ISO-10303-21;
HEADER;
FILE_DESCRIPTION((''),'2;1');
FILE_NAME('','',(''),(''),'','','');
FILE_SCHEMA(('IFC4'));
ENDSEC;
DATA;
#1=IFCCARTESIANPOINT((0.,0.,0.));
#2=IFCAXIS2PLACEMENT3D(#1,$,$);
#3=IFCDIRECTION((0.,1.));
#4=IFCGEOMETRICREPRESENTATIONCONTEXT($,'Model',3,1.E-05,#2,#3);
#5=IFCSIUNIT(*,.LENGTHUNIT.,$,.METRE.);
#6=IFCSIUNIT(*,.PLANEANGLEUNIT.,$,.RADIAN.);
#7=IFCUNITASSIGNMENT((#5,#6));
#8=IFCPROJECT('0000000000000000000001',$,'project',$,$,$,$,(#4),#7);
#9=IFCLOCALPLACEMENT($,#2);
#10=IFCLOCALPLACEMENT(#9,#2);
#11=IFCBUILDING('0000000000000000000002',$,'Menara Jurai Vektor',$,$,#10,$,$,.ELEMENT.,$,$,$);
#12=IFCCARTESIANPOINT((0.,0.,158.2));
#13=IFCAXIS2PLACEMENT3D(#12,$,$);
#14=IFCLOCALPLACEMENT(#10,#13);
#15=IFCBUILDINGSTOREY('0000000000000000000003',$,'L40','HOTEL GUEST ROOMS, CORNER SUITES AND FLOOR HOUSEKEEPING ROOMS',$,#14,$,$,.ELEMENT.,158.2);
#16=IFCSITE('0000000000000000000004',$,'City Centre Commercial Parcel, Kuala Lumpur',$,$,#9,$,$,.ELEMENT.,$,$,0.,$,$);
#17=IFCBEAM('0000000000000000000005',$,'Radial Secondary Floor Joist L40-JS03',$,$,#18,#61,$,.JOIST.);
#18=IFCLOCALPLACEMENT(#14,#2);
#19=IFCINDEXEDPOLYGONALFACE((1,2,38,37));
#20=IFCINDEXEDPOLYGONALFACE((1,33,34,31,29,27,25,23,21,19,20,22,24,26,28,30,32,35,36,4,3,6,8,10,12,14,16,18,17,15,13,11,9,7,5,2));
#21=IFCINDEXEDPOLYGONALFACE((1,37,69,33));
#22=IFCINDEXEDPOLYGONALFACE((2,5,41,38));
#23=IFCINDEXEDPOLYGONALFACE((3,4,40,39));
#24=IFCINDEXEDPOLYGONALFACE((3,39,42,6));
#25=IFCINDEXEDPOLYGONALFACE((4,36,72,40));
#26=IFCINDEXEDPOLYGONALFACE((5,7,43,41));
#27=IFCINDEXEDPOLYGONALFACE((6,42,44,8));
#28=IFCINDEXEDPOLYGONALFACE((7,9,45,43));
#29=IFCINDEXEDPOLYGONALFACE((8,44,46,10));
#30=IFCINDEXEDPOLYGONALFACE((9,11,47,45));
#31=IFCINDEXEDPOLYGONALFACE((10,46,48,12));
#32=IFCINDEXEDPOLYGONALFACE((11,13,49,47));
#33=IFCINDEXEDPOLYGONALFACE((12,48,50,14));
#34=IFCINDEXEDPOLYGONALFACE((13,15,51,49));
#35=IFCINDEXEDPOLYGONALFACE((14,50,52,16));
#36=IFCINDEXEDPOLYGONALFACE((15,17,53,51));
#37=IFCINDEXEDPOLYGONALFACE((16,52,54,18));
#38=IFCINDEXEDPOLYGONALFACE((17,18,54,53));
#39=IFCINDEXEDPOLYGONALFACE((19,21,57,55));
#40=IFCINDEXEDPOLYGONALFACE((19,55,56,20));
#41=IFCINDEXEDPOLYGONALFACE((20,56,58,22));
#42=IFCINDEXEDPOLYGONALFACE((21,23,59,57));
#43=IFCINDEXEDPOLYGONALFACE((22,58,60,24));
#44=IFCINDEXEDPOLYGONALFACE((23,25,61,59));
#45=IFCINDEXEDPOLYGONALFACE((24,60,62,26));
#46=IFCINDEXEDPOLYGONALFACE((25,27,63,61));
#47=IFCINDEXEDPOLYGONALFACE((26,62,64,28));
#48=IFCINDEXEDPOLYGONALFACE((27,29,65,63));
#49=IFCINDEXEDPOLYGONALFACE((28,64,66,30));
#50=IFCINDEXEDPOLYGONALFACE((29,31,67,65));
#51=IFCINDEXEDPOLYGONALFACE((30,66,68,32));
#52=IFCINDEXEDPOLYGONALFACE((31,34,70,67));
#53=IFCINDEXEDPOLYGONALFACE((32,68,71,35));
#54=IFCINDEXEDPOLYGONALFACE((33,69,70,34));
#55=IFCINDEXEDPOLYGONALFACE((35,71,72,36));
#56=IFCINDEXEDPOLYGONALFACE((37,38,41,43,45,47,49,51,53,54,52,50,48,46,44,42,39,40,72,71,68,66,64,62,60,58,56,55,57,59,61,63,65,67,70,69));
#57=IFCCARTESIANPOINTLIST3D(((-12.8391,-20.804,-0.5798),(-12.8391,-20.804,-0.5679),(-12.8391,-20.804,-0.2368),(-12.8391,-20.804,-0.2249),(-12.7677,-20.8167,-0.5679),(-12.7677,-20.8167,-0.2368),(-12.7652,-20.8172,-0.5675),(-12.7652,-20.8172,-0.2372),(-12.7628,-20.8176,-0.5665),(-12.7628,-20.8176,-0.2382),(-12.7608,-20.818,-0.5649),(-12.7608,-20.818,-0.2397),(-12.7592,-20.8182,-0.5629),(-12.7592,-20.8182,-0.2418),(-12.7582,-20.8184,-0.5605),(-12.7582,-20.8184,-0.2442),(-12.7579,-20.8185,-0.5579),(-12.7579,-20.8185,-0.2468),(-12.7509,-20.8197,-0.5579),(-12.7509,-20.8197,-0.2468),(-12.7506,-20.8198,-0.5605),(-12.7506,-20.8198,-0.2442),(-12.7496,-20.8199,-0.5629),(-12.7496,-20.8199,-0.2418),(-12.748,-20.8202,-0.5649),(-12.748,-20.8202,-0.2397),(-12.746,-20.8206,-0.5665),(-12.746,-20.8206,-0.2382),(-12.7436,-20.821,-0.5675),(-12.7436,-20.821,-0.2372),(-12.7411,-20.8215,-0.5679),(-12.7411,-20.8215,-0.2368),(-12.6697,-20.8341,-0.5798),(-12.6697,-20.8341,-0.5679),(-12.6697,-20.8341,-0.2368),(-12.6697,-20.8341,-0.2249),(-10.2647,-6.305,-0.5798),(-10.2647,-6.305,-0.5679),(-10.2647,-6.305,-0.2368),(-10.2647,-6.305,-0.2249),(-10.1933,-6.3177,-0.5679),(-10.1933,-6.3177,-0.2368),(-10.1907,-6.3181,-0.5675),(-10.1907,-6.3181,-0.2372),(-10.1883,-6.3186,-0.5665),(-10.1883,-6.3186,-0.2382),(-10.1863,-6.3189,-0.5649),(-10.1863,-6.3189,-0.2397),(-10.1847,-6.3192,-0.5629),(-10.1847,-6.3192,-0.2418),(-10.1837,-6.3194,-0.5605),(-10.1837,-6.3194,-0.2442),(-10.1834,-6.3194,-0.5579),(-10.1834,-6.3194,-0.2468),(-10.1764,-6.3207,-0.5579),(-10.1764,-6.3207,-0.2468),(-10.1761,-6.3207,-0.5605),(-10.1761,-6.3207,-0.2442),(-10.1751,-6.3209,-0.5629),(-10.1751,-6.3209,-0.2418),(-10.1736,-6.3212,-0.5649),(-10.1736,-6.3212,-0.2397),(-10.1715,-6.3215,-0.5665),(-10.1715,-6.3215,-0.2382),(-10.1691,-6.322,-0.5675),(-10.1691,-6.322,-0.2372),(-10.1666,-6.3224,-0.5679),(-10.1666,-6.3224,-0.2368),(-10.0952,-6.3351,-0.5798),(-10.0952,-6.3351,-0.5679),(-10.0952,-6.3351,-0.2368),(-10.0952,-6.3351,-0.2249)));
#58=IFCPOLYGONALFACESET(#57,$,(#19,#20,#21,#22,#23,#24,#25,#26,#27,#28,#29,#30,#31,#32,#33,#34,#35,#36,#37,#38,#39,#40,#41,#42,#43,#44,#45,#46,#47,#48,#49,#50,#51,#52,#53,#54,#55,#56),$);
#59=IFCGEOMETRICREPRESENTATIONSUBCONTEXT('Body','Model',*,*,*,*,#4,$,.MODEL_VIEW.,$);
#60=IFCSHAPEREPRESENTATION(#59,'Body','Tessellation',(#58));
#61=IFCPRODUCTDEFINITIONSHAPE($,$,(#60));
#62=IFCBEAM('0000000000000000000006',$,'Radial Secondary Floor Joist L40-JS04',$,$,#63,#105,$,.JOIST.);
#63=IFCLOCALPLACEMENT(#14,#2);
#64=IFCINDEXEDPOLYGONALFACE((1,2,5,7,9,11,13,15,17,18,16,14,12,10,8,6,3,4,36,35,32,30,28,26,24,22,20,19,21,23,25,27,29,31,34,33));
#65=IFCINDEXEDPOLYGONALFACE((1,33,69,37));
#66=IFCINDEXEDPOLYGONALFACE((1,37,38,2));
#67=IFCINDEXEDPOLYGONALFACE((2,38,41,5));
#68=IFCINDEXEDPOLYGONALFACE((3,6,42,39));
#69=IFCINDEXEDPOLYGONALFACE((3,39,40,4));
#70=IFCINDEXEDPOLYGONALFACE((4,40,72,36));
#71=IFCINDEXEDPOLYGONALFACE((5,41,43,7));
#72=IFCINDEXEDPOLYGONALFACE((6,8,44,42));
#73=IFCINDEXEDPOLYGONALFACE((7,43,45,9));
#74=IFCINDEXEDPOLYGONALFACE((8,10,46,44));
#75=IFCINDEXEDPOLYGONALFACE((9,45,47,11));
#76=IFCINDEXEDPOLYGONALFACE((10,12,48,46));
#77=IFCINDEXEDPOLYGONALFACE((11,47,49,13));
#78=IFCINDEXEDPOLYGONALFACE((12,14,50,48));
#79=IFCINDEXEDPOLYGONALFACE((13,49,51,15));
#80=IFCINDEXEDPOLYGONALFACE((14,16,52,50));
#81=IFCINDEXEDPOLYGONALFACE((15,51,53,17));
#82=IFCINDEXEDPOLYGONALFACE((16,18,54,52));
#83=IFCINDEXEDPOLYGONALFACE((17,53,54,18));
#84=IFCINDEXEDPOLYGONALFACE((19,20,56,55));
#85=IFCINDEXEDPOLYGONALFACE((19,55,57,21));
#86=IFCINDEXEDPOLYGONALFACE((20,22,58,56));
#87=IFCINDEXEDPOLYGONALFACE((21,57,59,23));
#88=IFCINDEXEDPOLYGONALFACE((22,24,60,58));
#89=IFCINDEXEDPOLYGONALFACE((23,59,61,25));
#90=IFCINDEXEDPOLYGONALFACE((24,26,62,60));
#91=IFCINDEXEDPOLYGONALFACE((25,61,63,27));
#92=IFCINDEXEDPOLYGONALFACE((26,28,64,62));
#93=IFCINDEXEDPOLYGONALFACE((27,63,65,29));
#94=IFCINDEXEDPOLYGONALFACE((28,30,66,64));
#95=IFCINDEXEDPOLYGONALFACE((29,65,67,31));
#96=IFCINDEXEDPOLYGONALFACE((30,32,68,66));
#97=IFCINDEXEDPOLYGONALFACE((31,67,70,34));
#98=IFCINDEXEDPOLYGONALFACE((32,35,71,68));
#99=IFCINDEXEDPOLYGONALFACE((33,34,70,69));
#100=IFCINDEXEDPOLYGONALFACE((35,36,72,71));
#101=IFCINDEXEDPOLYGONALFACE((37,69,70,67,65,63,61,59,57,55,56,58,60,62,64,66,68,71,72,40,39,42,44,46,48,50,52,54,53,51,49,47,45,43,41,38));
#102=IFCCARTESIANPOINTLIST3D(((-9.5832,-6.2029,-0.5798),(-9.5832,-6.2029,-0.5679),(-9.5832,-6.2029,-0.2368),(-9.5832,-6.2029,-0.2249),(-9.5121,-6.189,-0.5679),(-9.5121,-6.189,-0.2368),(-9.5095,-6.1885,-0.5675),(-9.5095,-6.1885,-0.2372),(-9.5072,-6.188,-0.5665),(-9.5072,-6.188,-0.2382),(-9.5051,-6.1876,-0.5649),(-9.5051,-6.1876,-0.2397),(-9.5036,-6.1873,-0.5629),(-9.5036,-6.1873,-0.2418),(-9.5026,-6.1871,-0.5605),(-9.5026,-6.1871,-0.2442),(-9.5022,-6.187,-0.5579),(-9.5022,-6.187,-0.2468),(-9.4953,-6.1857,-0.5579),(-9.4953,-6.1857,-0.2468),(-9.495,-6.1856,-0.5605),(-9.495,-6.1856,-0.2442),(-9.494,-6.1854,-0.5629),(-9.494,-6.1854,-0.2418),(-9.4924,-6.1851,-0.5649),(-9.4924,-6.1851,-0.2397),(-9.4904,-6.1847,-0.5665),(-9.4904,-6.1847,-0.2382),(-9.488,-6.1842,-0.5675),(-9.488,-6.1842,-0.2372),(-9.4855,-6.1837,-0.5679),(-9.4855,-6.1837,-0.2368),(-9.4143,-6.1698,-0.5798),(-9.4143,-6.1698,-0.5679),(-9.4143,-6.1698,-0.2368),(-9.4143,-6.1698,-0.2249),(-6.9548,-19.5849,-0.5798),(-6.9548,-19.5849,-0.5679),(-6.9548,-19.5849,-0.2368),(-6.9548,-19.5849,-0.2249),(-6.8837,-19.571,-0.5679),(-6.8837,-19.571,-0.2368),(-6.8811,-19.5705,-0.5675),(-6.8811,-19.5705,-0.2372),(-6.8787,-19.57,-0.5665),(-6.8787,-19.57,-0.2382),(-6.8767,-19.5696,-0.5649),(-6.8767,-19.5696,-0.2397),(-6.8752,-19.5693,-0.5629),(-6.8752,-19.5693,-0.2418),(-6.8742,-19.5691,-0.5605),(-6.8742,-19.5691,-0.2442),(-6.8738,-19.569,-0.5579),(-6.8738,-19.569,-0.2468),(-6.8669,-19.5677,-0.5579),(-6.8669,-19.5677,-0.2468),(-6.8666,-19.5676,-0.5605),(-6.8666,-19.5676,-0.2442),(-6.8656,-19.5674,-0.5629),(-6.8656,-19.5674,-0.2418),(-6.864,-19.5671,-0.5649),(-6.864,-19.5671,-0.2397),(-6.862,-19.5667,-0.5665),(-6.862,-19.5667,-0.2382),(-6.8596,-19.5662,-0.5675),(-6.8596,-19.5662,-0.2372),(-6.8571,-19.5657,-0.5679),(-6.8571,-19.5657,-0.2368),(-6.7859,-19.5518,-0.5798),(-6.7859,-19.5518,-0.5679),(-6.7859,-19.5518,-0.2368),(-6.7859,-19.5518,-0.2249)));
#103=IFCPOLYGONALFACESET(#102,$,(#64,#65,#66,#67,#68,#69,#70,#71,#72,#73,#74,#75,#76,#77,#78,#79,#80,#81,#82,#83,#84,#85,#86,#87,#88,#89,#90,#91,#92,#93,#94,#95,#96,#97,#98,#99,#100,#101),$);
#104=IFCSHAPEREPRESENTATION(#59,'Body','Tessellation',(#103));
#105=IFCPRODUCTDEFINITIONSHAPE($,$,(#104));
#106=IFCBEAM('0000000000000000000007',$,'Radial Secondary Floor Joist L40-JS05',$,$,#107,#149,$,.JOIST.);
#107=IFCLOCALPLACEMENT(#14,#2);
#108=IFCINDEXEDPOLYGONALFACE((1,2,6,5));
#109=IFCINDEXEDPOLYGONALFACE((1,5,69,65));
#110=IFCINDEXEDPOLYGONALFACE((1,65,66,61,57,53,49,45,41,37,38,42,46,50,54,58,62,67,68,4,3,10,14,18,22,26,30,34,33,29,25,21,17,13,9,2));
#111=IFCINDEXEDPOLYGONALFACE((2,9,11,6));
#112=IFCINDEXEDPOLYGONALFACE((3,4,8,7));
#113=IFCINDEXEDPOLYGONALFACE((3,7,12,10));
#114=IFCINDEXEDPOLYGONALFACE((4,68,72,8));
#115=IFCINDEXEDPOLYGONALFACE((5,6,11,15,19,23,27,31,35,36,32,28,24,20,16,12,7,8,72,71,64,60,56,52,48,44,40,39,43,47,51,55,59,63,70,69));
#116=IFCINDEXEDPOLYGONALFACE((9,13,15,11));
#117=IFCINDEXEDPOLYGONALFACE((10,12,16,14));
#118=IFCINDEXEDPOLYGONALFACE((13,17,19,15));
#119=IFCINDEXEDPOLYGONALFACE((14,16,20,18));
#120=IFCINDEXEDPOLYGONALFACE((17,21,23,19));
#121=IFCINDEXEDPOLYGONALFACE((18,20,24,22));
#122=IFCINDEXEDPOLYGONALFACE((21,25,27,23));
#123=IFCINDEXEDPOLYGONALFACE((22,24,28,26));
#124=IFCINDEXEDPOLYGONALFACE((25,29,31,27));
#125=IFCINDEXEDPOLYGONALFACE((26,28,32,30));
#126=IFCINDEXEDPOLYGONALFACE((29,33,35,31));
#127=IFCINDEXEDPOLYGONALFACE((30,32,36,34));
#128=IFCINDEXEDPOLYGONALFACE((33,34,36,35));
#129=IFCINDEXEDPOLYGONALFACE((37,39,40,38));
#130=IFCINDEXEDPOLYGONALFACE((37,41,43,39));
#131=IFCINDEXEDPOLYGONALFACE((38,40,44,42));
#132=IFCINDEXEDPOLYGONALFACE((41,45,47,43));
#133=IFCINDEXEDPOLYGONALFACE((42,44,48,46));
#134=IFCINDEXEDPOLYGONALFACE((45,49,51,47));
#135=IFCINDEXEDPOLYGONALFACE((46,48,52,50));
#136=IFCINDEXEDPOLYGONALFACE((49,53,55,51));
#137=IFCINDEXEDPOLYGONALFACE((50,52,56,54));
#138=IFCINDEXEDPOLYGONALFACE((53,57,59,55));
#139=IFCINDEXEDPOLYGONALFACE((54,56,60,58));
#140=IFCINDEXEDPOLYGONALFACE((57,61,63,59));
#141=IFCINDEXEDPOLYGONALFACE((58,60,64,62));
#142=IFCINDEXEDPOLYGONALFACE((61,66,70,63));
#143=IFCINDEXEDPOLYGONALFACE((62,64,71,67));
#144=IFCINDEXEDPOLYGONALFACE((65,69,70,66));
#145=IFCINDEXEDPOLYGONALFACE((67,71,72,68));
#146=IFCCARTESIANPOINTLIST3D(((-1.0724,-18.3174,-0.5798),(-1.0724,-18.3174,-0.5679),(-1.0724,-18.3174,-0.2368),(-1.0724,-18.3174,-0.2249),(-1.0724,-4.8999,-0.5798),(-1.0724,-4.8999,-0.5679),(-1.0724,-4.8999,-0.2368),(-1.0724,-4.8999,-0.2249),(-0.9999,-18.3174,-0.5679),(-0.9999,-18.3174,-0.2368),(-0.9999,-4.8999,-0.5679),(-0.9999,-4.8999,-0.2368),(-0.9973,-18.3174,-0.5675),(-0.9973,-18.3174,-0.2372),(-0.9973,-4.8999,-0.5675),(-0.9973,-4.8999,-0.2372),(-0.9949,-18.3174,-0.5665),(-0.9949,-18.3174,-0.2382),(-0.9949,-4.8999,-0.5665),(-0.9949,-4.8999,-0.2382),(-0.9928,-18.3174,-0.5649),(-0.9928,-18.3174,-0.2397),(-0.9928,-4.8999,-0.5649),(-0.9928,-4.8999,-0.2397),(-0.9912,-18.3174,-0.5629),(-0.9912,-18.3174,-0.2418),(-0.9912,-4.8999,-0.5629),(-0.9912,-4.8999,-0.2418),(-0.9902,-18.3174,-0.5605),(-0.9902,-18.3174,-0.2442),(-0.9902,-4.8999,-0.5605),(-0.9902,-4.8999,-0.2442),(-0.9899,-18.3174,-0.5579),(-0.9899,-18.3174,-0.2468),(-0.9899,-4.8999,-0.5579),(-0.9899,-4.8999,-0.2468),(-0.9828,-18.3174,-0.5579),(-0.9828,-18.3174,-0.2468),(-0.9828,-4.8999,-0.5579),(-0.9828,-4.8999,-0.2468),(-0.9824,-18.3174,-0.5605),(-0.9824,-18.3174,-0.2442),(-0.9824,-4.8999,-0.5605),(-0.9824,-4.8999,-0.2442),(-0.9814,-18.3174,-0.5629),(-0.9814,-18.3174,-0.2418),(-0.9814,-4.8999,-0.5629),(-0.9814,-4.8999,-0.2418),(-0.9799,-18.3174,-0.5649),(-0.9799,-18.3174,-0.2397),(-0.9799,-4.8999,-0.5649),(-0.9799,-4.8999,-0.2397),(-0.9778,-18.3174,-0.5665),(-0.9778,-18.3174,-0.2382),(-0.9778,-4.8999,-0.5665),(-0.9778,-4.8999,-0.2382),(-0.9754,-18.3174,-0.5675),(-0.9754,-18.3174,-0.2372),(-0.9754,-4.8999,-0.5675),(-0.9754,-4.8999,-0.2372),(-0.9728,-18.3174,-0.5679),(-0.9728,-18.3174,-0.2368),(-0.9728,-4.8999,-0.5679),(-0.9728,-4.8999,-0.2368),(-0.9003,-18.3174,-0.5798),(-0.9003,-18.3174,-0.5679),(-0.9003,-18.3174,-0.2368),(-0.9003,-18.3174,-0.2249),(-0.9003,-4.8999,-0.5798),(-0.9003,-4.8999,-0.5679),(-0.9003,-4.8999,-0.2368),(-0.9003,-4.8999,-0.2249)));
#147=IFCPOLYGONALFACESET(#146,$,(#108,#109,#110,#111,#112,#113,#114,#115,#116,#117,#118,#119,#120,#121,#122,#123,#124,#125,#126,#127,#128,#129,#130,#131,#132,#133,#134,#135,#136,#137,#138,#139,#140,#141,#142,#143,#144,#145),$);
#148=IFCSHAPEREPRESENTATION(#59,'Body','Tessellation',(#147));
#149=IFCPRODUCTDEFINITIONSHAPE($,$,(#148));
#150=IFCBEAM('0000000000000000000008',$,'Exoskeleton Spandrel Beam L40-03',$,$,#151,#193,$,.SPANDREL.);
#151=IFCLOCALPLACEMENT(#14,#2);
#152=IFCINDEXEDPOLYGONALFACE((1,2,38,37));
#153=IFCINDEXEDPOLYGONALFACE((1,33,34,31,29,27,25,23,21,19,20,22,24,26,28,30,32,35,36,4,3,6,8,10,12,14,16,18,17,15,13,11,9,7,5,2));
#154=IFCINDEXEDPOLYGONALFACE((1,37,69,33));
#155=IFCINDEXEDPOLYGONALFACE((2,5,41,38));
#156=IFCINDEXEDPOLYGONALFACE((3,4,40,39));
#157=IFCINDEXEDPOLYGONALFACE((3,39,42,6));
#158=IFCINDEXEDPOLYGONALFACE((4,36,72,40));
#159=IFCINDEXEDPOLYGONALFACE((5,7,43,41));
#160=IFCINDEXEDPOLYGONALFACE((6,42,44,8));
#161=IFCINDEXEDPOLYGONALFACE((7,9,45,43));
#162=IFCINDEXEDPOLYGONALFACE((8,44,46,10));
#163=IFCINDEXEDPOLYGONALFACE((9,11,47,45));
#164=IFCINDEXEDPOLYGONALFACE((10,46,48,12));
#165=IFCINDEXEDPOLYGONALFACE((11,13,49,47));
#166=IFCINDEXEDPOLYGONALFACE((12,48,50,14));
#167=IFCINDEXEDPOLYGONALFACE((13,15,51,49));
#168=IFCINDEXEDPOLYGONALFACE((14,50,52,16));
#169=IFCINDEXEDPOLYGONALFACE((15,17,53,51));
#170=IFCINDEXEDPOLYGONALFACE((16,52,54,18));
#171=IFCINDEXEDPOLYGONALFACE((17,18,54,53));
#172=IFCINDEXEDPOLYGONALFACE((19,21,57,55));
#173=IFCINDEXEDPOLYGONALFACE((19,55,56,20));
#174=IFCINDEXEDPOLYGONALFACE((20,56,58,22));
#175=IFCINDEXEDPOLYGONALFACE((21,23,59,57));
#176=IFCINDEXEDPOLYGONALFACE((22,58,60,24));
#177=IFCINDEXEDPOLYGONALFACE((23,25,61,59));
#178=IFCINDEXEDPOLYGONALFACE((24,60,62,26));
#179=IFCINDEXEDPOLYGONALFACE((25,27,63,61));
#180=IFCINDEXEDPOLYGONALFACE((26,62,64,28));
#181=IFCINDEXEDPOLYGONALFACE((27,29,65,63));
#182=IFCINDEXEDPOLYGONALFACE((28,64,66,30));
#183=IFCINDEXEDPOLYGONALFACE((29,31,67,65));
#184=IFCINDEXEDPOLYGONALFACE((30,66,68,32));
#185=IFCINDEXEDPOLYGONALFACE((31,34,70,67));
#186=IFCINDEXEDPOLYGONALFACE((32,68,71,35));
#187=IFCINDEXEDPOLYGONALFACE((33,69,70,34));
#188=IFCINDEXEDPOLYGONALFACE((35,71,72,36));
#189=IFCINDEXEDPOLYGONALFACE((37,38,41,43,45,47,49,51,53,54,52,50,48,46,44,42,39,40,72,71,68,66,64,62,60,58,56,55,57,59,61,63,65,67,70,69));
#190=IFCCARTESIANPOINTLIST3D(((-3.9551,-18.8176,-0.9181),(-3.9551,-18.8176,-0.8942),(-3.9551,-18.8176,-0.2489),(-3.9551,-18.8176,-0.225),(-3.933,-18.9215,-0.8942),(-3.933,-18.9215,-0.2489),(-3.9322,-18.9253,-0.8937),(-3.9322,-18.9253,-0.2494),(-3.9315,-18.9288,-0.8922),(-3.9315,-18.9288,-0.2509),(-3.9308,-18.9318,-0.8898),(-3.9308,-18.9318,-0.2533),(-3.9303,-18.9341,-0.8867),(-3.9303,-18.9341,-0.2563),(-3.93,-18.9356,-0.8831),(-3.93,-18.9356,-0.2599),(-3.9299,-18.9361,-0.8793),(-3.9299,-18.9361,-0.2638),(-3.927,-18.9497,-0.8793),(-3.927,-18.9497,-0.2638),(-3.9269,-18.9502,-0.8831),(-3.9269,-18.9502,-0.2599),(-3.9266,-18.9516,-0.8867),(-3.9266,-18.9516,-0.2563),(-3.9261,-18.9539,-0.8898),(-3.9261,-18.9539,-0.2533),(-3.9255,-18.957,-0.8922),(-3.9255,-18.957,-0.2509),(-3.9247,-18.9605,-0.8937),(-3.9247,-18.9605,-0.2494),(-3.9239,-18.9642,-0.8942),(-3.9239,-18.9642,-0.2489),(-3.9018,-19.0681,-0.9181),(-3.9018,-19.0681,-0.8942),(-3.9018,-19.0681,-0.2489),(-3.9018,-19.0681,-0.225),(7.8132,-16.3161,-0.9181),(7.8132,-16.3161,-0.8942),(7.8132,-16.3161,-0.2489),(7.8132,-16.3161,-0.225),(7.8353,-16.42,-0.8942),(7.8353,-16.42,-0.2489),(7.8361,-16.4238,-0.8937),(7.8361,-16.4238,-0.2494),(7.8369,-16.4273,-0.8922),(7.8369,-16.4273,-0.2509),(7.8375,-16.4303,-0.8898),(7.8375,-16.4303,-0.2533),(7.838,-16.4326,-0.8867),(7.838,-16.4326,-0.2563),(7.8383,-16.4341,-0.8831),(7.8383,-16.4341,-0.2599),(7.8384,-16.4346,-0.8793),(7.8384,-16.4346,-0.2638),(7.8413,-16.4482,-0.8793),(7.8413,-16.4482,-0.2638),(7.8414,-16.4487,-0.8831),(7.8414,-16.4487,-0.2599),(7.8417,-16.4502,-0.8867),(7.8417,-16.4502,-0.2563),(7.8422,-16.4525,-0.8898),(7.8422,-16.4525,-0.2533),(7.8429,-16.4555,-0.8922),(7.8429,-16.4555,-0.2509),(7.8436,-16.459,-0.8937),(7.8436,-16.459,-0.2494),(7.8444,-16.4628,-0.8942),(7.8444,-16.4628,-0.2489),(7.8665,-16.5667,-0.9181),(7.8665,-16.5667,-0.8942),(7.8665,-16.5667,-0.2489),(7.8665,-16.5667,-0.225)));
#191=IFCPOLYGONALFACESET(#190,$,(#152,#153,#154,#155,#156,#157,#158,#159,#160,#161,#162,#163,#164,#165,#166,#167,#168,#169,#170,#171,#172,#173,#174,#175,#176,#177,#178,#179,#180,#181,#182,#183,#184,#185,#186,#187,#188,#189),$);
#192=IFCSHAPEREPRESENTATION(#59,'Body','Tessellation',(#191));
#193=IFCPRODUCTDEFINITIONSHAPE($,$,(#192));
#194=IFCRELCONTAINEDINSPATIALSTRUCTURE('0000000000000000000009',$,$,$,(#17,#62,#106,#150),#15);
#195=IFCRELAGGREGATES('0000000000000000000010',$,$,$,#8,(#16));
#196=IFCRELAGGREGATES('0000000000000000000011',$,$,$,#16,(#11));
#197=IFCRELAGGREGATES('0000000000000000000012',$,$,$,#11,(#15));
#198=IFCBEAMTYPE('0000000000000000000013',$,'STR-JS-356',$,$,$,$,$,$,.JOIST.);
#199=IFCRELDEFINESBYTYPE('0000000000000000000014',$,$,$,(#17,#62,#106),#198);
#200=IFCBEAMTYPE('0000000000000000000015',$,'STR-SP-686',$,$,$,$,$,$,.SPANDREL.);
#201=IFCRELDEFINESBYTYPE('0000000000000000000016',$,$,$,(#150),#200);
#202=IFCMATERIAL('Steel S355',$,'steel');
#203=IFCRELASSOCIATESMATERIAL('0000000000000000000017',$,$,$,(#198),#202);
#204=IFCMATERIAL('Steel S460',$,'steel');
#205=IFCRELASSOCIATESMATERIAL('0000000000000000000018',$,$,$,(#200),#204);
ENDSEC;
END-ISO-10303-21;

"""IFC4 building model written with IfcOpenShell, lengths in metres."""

from ifc_helpers import new_model, si_unit, direction, frame, origin, origin_2d, place, context, subcontext, project, spatial, i_section, extrude, material, material_profile, profile_set, type_object, element, save


model = new_model("IFC4")

# Units and contexts
model_context = context("Model", 3, precision=1e-05, world=origin(), true_north=direction((0.0, 1.0)))
body_context = subcontext(model_context, "Body", "Model", "MODEL_VIEW")
ifc_project = project(units=[si_unit("LENGTHUNIT", "METRE"), si_unit("PLANEANGLEUNIT", "RADIAN")], contexts=[model_context])

# Site, building, storey
site_placement = place(None, origin())
site = spatial("IfcSite", under=ifc_project, at=site_placement, Name="City Centre Commercial Parcel, Kuala Lumpur", CompositionType="ELEMENT", RefElevation=0.0)
building_placement = place(site_placement, origin())
building = spatial("IfcBuilding", under=site, at=building_placement, Name="Menara Jurai Vektor", CompositionType="ELEMENT")
storey_placement = place(building_placement, frame((0.0, 0.0, 158.2)))
storey = spatial("IfcBuildingStorey", under=building, at=storey_placement, Name="L40", Description="HOTEL GUEST ROOMS, CORNER SUITES AND FLOOR HOUSEKEEPING ROOMS", CompositionType="ELEMENT", Elevation=158.2)

# Shared definitions
ifc_material_1 = material(Name="Steel S460", Category="steel")

# Beams
ifc_material_2 = material(Name="Steel S355", Category="steel")
ifc_material_profile_1 = material_profile(ifc_material_2, i_section(OverallWidth=0.1721, OverallDepth=0.355, WebThickness=0.0071, FlangeThickness=0.012, FilletRadius=0.01, at=origin_2d()), Name="UKB 356x171x51")
ifc_profile_set_1 = profile_set([ifc_material_profile_1], Name="Steel S355")
beam_type_1 = type_object("IfcBeamType", Name="STR-JS-356", PredefinedType="JOIST", material=ifc_profile_set_1)
beam_1_placement = place(storey_placement, frame((-12.7544, -20.8191, -0.4023), z_axis=(0.174827, 0.984599, 0.0), x_axis=(-0.984599, 0.174827, 0.0)))
element("IfcBeam", 1, at=beam_1_placement, inside=storey, type_object=beam_type_1, Name="Radial Secondary Floor Joist L40-JS03", PredefinedType="JOIST", context=body_context, shape_type="SweptSolid", body=[
    extrude(i_section(OverallWidth=0.1721, OverallDepth=0.355, WebThickness=0.0071, FlangeThickness=0.012, FilletRadius=0.01, at=origin_2d()), origin(), (0.0, 0.0, 1.0), 14.7258),
])
beam_2_placement = place(storey_placement, frame((-6.8704, -19.5684, -0.4023), z_axis=(-0.192731, 0.981252, 0.0), x_axis=(-0.981252, -0.192731, 0.0)))
element("IfcBeam", 2, at=beam_2_placement, inside=storey, type_object=beam_type_1, Name="Radial Secondary Floor Joist L40-JS04", PredefinedType="JOIST", context=body_context, shape_type="SweptSolid", body=[
    extrude(i_section(OverallWidth=0.1721, OverallDepth=0.355, WebThickness=0.0071, FlangeThickness=0.012, FilletRadius=0.01, at=origin_2d()), origin(), (0.0, 0.0, 1.0), 13.6377),
])
beam_3_placement = place(storey_placement, frame((-0.9863, -18.3174, -0.4023), z_axis=(0.0, 1.0, 0.0), x_axis=(-1.0, 0.0, 0.0)))
element("IfcBeam", 3, at=beam_3_placement, inside=storey, type_object=beam_type_1, Name="Radial Secondary Floor Joist L40-JS05", PredefinedType="JOIST", context=body_context, shape_type="SweptSolid", body=[
    extrude(i_section(OverallWidth=0.1721, OverallDepth=0.355, WebThickness=0.0071, FlangeThickness=0.012, FilletRadius=0.01, at=origin_2d()), origin(), (0.0, 0.0, 1.0), 13.4175),
])
ifc_material_profile_2 = material_profile(ifc_material_1, i_section(OverallWidth=0.2561, OverallDepth=0.6931, WebThickness=0.0139, FlangeThickness=0.0239, FilletRadius=0.0149, at=origin_2d()), Name="UKB 686x254x170")
ifc_profile_set_2 = profile_set([ifc_material_profile_2], Name="Steel S460")
beam_type_2 = type_object("IfcBeamType", Name="STR-SP-686", PredefinedType="SPANDREL", material=ifc_profile_set_2)
beam_4_placement = place(storey_placement, frame((-3.9285, -18.9429, -0.5715), z_axis=(0.978147, 0.207914, 0.0), x_axis=(-0.207914, 0.978147, 0.0)))
element("IfcBeam", 4, at=beam_4_placement, inside=storey, type_object=beam_type_2, Name="Exoskeleton Spandrel Beam L40-03", PredefinedType="SPANDREL", context=body_context, shape_type="SweptSolid", body=[
    extrude(i_section(OverallWidth=0.2561, OverallDepth=0.6931, WebThickness=0.0139, FlangeThickness=0.0239, FilletRadius=0.0149, at=origin_2d()), origin(), (0.0, 0.0, 1.0), 12.0312),
])

save(model, "model.ifc")
